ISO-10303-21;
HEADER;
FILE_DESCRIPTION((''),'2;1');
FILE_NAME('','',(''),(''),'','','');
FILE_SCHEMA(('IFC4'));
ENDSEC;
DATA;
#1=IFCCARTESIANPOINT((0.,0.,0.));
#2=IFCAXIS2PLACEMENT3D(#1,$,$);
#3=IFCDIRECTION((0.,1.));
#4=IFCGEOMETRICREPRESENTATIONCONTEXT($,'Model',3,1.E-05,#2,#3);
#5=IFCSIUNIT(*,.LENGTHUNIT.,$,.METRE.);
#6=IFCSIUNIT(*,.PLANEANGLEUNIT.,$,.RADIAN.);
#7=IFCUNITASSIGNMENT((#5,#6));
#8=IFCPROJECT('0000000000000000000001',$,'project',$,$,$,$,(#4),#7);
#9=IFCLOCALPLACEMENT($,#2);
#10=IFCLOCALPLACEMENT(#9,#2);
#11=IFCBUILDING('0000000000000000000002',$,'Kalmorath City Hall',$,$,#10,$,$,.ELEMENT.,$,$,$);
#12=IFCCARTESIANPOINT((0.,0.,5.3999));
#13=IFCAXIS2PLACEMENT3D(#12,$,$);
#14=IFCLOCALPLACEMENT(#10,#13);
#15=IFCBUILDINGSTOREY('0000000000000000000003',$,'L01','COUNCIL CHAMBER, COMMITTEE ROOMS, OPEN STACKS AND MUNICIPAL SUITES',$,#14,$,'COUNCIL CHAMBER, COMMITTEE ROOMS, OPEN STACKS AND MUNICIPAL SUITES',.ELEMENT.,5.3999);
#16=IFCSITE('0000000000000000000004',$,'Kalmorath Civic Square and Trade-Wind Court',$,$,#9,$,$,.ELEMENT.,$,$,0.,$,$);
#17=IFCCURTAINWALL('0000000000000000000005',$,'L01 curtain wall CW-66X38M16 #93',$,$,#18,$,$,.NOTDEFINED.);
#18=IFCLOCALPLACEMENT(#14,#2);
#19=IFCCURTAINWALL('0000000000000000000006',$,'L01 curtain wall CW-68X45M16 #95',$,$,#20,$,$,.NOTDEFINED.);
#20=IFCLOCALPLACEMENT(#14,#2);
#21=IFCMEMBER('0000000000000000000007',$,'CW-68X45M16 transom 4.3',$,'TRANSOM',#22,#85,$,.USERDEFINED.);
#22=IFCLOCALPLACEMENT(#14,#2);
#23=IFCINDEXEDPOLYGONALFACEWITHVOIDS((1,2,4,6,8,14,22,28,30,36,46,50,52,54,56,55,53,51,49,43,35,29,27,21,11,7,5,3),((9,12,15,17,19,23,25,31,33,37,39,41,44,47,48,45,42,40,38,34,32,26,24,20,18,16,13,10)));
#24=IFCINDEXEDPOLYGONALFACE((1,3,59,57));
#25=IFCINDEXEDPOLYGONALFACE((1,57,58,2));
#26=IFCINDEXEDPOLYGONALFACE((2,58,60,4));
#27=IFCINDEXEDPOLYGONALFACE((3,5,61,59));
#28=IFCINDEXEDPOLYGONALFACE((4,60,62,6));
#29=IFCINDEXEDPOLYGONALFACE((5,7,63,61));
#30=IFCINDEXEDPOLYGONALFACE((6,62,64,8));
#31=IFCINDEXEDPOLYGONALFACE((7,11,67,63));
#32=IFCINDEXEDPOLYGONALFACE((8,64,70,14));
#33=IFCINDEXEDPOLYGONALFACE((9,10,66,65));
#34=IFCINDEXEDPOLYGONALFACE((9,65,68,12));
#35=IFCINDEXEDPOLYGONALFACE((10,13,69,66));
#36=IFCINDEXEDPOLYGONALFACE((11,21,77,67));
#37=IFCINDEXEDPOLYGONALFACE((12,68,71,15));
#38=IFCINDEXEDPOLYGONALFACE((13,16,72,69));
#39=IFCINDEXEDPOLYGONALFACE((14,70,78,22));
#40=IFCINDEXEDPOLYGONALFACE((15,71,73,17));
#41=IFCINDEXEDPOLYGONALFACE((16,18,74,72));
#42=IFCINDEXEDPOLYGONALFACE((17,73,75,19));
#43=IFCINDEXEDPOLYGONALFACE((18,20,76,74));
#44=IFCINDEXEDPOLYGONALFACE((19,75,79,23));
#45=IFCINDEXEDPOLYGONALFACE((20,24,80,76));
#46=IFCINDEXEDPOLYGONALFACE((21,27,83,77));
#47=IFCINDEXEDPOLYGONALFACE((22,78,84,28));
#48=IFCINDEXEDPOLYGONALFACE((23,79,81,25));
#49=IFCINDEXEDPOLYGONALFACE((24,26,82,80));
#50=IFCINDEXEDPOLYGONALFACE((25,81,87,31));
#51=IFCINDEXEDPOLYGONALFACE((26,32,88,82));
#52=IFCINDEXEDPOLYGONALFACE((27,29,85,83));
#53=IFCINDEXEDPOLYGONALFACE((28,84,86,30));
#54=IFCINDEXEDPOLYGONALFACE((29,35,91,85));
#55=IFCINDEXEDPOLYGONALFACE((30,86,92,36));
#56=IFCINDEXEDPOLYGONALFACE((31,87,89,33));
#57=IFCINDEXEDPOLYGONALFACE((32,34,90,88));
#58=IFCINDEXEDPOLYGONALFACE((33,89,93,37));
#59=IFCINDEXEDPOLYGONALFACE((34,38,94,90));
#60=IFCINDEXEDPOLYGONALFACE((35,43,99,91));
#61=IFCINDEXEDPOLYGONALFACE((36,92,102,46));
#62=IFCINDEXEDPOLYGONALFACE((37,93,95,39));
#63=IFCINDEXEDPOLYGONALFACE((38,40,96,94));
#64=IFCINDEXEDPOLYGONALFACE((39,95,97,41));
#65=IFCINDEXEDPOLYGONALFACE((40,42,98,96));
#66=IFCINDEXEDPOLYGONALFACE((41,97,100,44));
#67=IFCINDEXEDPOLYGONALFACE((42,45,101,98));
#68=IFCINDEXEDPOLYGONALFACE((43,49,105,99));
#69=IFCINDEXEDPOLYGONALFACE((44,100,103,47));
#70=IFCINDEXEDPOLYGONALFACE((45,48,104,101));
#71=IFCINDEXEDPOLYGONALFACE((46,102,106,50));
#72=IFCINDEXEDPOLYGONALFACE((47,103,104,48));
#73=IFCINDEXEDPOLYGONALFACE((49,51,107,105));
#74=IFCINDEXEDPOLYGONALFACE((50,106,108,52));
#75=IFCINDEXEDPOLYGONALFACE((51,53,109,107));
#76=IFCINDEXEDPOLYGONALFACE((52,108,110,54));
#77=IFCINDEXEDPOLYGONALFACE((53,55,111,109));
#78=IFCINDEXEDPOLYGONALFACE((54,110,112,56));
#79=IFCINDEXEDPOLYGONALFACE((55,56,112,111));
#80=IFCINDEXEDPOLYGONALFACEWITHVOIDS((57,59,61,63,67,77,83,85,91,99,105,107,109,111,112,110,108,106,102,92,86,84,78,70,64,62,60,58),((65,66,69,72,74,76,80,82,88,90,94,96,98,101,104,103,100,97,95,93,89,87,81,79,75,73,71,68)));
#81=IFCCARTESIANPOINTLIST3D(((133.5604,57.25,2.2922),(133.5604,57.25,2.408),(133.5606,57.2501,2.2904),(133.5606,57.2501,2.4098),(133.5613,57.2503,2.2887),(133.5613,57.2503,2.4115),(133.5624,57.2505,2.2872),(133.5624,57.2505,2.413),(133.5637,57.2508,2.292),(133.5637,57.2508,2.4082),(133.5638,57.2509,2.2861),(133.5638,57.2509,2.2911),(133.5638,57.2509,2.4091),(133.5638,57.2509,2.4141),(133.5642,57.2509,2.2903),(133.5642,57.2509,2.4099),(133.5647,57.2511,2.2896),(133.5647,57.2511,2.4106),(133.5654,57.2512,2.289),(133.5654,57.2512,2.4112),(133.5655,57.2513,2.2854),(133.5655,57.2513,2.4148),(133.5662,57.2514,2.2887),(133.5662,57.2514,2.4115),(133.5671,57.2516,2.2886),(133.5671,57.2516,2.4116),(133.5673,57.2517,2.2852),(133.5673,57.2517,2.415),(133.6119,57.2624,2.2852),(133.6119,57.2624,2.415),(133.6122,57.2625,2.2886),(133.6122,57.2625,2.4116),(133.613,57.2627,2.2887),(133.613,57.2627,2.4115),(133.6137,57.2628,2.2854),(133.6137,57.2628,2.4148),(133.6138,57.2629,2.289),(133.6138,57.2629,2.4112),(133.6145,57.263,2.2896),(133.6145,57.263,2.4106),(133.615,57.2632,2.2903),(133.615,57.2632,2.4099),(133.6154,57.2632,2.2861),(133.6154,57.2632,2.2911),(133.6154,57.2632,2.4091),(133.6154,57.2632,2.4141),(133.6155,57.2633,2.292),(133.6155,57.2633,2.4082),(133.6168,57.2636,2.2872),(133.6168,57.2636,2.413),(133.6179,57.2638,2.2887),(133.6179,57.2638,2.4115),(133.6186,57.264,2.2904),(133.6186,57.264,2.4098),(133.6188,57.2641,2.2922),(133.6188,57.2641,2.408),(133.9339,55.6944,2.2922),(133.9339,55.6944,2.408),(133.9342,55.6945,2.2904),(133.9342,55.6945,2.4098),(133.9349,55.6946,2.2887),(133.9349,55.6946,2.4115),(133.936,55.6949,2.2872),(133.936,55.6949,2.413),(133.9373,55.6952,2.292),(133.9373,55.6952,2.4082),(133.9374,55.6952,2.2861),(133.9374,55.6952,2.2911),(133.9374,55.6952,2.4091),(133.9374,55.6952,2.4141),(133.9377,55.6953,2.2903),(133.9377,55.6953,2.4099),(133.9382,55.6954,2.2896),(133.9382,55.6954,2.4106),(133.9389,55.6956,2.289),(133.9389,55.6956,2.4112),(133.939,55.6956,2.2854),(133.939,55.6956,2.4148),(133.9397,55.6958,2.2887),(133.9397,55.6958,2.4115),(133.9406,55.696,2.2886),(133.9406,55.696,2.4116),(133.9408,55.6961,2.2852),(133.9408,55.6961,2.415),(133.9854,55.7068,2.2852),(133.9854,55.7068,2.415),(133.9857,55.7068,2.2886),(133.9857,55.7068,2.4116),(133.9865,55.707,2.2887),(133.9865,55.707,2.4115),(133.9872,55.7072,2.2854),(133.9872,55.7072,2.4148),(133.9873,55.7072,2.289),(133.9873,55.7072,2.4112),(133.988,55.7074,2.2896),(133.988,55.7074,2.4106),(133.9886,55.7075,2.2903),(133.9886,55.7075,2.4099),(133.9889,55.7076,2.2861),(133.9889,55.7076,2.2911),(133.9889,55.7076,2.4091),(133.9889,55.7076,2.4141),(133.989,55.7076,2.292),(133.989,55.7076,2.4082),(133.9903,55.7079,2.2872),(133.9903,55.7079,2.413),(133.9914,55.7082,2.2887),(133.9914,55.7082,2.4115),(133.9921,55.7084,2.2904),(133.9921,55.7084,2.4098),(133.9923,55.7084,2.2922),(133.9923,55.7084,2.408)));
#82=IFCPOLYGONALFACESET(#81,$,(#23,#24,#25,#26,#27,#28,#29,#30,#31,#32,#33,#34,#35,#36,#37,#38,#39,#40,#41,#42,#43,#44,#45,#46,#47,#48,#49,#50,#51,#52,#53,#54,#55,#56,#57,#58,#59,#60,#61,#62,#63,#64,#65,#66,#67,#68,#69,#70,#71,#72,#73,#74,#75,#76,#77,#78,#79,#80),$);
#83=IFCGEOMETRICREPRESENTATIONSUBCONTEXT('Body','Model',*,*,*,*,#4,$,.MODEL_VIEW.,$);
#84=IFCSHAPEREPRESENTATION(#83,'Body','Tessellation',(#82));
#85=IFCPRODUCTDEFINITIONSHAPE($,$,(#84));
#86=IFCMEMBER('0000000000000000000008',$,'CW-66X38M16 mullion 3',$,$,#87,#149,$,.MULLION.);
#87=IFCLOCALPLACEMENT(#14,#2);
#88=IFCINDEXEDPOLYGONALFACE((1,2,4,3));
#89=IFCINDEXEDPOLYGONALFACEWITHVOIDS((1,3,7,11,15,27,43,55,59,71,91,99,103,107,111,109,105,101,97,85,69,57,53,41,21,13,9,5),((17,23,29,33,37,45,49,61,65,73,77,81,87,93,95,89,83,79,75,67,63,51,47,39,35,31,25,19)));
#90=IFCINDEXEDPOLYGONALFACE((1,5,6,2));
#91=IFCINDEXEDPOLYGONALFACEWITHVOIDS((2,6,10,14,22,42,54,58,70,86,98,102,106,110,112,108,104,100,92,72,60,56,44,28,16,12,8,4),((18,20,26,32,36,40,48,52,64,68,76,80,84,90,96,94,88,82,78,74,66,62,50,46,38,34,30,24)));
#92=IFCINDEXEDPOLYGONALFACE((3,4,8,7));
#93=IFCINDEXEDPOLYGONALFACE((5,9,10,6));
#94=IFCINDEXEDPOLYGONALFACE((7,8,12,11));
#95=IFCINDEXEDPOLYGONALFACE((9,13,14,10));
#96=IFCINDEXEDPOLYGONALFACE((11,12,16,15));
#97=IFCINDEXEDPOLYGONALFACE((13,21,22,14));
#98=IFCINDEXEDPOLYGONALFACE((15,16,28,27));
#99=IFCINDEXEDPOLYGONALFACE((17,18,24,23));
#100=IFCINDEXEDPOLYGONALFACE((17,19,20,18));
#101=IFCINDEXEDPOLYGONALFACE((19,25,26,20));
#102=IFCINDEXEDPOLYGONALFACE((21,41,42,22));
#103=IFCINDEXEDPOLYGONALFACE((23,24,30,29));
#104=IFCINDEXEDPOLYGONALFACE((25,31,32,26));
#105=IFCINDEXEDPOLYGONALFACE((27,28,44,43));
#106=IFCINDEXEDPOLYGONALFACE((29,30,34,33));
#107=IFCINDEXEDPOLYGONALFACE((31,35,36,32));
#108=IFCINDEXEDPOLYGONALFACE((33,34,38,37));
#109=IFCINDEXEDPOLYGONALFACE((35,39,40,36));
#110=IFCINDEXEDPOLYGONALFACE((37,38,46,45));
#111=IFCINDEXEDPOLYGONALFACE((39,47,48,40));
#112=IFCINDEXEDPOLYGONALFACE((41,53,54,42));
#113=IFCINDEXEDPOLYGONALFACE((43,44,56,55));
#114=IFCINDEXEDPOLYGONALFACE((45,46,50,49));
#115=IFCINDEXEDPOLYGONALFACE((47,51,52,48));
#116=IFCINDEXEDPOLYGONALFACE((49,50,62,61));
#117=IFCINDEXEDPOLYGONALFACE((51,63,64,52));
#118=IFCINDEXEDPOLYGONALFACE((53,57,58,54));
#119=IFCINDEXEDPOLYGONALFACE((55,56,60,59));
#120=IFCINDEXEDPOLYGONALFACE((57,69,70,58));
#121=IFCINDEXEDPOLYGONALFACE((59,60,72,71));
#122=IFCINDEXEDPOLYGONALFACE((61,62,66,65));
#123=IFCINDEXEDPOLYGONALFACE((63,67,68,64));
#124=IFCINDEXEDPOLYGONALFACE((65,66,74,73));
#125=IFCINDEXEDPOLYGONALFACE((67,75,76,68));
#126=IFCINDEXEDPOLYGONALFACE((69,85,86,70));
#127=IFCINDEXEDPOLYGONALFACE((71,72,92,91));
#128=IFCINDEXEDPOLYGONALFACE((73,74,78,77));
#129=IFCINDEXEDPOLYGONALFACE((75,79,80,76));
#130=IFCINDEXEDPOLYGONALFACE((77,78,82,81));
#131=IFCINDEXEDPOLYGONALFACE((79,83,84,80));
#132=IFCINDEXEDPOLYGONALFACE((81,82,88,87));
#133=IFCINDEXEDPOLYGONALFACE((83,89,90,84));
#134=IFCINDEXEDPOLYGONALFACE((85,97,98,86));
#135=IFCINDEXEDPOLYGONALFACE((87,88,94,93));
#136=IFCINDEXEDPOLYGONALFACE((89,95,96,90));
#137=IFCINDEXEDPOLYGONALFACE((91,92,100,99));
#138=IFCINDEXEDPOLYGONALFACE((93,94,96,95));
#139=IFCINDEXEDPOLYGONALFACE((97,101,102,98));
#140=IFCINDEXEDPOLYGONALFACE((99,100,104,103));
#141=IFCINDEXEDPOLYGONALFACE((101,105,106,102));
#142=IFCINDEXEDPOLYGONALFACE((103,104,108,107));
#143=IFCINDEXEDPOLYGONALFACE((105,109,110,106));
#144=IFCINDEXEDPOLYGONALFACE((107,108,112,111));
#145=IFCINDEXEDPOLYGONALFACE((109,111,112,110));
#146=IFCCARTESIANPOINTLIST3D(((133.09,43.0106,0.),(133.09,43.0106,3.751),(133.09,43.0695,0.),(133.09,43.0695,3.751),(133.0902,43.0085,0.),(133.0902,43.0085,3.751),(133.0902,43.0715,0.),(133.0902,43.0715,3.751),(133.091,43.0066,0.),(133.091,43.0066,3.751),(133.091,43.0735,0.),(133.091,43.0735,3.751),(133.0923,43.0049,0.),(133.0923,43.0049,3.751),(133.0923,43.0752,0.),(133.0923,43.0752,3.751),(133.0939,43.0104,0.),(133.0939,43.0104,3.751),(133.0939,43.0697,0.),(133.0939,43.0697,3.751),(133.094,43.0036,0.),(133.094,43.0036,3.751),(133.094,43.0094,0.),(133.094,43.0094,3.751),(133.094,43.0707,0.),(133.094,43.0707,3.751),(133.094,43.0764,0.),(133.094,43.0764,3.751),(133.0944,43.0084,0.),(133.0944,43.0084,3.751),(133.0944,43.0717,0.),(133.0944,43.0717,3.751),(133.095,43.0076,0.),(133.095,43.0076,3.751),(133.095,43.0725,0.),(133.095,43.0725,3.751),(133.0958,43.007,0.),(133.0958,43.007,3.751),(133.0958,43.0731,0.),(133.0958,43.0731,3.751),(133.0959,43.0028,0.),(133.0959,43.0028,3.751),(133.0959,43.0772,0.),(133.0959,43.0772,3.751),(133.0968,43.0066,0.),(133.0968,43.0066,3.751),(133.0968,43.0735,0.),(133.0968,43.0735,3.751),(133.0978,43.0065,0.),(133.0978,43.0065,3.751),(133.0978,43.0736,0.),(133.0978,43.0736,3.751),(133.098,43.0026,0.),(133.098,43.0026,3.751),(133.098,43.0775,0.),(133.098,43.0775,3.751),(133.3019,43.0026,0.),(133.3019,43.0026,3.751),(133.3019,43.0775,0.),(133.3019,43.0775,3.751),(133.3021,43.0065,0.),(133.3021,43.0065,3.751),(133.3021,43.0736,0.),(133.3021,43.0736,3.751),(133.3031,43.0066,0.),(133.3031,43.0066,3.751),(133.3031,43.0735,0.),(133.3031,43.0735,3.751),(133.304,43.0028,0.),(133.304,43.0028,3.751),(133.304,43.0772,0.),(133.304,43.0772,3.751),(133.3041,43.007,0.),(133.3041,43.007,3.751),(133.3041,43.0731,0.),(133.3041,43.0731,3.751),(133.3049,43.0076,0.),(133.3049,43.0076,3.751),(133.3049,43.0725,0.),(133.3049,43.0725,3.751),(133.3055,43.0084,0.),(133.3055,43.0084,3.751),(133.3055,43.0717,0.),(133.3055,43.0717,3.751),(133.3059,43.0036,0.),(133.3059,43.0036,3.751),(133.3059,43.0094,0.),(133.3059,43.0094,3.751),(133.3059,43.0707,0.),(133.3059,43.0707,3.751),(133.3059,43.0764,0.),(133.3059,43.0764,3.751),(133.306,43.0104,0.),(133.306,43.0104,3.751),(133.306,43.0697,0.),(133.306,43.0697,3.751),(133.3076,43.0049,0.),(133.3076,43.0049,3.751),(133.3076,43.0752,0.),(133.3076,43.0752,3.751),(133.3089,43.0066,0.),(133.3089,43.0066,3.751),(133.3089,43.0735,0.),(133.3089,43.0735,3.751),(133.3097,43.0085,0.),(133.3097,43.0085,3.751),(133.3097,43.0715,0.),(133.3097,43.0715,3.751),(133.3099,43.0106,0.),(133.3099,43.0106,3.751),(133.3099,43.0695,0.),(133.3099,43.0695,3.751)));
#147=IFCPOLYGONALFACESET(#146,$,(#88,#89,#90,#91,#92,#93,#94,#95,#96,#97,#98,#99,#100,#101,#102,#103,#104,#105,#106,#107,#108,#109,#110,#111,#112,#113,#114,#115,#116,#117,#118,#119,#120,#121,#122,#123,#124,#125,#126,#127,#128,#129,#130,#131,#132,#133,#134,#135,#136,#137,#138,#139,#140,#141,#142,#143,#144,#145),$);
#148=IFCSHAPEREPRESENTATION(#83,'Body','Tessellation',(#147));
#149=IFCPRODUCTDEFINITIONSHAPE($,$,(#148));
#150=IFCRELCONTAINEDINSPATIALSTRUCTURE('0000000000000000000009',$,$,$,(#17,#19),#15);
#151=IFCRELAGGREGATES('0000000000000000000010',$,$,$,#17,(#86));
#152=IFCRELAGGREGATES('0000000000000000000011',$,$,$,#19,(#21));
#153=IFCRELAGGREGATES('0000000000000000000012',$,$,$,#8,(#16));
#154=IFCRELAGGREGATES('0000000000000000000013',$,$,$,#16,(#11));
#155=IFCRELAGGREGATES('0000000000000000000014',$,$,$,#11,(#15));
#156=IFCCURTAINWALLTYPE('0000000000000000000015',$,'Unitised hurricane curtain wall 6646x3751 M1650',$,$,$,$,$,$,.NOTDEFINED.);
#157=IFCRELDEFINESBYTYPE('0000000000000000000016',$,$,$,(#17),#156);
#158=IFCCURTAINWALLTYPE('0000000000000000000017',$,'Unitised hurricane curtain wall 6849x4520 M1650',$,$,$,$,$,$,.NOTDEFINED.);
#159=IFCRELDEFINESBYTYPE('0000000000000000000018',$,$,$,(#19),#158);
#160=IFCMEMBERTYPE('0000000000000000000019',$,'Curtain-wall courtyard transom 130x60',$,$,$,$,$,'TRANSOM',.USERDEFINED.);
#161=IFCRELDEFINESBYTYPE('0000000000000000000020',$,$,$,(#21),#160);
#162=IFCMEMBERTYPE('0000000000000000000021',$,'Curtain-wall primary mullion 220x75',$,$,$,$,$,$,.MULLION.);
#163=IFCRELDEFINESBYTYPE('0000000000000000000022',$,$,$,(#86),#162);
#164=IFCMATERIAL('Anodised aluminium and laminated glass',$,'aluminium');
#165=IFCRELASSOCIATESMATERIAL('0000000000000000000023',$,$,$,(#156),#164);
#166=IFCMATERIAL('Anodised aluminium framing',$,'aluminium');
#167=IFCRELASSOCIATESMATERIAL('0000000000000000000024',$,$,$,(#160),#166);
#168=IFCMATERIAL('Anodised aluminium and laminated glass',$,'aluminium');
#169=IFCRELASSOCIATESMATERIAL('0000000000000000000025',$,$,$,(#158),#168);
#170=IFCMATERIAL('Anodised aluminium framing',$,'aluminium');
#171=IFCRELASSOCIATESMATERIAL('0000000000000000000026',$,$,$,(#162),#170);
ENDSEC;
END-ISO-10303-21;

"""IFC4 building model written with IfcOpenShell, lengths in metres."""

from ifc_helpers import new_model, si_unit, direction, frame, origin, origin_2d, place, context, subcontext, project, spatial, hollow_rectangle, extrude, material, material_profile, profile_set, type_object, element, aggregate, save


model = new_model("IFC4")

# Units and contexts
model_context = context("Model", 3, precision=1e-05, world=origin(), true_north=direction((0.0, 1.0)))
body_context = subcontext(model_context, "Body", "Model", "MODEL_VIEW")
ifc_project = project(units=[si_unit("LENGTHUNIT", "METRE"), si_unit("PLANEANGLEUNIT", "RADIAN")], contexts=[model_context])

# Site, building, storey
site_placement = place(None, origin())
site = spatial("IfcSite", under=ifc_project, at=site_placement, Name="Kalmorath Civic Square and Trade-Wind Court", CompositionType="ELEMENT", RefElevation=0.0)
building_placement = place(site_placement, origin())
building = spatial("IfcBuilding", under=site, at=building_placement, Name="Kalmorath City Hall", CompositionType="ELEMENT")
storey_placement = place(building_placement, frame((0.0, 0.0, 5.3999)))
storey = spatial("IfcBuildingStorey", under=building, at=storey_placement, Name="L01", Description="COUNCIL CHAMBER, COMMITTEE ROOMS, OPEN STACKS AND MUNICIPAL SUITES", LongName="COUNCIL CHAMBER, COMMITTEE ROOMS, OPEN STACKS AND MUNICIPAL SUITES", CompositionType="ELEMENT", Elevation=5.3999)

# Curtain walls, member
ifc_material_1 = material(Name="Anodised aluminium and laminated glass", Category="aluminium")
curtain_wall_type_1 = type_object("IfcCurtainWallType", Name="Unitised hurricane curtain wall 6646x3751 M1650", PredefinedType="NOTDEFINED", material=ifc_material_1)
curtain_wall_1_placement = place(storey_placement, origin())
curtain_wall_1 = element("IfcCurtainWall", 1, at=curtain_wall_1_placement, inside=storey, type_object=curtain_wall_type_1, Name="L01 curtain wall CW-66X38M16 #93", PredefinedType="NOTDEFINED")
ifc_material_2 = material(Name="Anodised aluminium framing", Category="aluminium")
ifc_material_profile_1 = material_profile(ifc_material_2, hollow_rectangle(XDim=0.0601, YDim=0.1299, WallThickness=0.0034, InnerFilletRadius=0.0034, OuterFilletRadius=0.0071, at=origin_2d()), Name="ALU-TRN-130X60X3.5")
ifc_profile_set_1 = profile_set([ifc_material_profile_1], Name="Anodised aluminium framing")
member_type_1 = type_object("IfcMemberType", Name="Curtain-wall courtyard transom 130x60", ElementType="TRANSOM", PredefinedType="USERDEFINED", material=ifc_profile_set_1)
ifc_material_3 = material(Name="Anodised aluminium and laminated glass", Category="aluminium")
curtain_wall_type_2 = type_object("IfcCurtainWallType", Name="Unitised hurricane curtain wall 6849x4520 M1650", PredefinedType="NOTDEFINED", material=ifc_material_3)
curtain_wall_2_placement = place(storey_placement, origin())
curtain_wall_2 = element("IfcCurtainWall", 2, at=curtain_wall_2_placement, inside=storey, type_object=curtain_wall_type_2, Name="L01 curtain wall CW-68X45M16 #95", PredefinedType="NOTDEFINED")
member_1_placement = place(storey_placement, frame((133.9631, 55.7014, 2.3501), z_axis=(-0.233477, 0.972362, 0.0), x_axis=(-0.972362, -0.233477, 0.0)))
member_1 = element("IfcMember", 3, at=member_1_placement, type_object=member_type_1, Name="CW-68X45M16 transom 4.3", ObjectType="TRANSOM", PredefinedType="USERDEFINED", context=body_context, shape_type="SweptSolid", body=[
    extrude(hollow_rectangle(XDim=0.0601, YDim=0.1299, WallThickness=0.0034, InnerFilletRadius=0.0034, OuterFilletRadius=0.0071, at=origin_2d()), origin(), (0.0, 0.0, 1.0), 1.5999),
])

# Member
ifc_material_4 = material(Name="Anodised aluminium framing", Category="aluminium")
ifc_material_profile_2 = material_profile(ifc_material_4, hollow_rectangle(XDim=0.075, YDim=0.22, WallThickness=0.0039, InnerFilletRadius=0.0039, OuterFilletRadius=0.0081, at=origin_2d()), Name="ALU-MUL-220X75X4")
ifc_profile_set_2 = profile_set([ifc_material_profile_2], Name="Anodised aluminium framing")
member_type_2 = type_object("IfcMemberType", Name="Curtain-wall primary mullion 220x75", PredefinedType="MULLION", material=ifc_profile_set_2)
member_2_placement = place(storey_placement, frame((133.2, 43.04, 0.0), z_axis=(0.0, 0.0, 1.0), x_axis=(0.0, 1.0, 0.0)))
member_2 = element("IfcMember", 4, at=member_2_placement, type_object=member_type_2, Name="CW-66X38M16 mullion 3", PredefinedType="MULLION", context=body_context, shape_type="SweptSolid", body=[
    extrude(hollow_rectangle(XDim=0.075, YDim=0.22, WallThickness=0.0039, InnerFilletRadius=0.0039, OuterFilletRadius=0.0081, at=origin_2d()), origin(), (0.0, 0.0, 1.0), 3.751),
])

aggregate(curtain_wall_1, [member_2])
aggregate(curtain_wall_2, [member_1])

save(model, "model.ifc")
